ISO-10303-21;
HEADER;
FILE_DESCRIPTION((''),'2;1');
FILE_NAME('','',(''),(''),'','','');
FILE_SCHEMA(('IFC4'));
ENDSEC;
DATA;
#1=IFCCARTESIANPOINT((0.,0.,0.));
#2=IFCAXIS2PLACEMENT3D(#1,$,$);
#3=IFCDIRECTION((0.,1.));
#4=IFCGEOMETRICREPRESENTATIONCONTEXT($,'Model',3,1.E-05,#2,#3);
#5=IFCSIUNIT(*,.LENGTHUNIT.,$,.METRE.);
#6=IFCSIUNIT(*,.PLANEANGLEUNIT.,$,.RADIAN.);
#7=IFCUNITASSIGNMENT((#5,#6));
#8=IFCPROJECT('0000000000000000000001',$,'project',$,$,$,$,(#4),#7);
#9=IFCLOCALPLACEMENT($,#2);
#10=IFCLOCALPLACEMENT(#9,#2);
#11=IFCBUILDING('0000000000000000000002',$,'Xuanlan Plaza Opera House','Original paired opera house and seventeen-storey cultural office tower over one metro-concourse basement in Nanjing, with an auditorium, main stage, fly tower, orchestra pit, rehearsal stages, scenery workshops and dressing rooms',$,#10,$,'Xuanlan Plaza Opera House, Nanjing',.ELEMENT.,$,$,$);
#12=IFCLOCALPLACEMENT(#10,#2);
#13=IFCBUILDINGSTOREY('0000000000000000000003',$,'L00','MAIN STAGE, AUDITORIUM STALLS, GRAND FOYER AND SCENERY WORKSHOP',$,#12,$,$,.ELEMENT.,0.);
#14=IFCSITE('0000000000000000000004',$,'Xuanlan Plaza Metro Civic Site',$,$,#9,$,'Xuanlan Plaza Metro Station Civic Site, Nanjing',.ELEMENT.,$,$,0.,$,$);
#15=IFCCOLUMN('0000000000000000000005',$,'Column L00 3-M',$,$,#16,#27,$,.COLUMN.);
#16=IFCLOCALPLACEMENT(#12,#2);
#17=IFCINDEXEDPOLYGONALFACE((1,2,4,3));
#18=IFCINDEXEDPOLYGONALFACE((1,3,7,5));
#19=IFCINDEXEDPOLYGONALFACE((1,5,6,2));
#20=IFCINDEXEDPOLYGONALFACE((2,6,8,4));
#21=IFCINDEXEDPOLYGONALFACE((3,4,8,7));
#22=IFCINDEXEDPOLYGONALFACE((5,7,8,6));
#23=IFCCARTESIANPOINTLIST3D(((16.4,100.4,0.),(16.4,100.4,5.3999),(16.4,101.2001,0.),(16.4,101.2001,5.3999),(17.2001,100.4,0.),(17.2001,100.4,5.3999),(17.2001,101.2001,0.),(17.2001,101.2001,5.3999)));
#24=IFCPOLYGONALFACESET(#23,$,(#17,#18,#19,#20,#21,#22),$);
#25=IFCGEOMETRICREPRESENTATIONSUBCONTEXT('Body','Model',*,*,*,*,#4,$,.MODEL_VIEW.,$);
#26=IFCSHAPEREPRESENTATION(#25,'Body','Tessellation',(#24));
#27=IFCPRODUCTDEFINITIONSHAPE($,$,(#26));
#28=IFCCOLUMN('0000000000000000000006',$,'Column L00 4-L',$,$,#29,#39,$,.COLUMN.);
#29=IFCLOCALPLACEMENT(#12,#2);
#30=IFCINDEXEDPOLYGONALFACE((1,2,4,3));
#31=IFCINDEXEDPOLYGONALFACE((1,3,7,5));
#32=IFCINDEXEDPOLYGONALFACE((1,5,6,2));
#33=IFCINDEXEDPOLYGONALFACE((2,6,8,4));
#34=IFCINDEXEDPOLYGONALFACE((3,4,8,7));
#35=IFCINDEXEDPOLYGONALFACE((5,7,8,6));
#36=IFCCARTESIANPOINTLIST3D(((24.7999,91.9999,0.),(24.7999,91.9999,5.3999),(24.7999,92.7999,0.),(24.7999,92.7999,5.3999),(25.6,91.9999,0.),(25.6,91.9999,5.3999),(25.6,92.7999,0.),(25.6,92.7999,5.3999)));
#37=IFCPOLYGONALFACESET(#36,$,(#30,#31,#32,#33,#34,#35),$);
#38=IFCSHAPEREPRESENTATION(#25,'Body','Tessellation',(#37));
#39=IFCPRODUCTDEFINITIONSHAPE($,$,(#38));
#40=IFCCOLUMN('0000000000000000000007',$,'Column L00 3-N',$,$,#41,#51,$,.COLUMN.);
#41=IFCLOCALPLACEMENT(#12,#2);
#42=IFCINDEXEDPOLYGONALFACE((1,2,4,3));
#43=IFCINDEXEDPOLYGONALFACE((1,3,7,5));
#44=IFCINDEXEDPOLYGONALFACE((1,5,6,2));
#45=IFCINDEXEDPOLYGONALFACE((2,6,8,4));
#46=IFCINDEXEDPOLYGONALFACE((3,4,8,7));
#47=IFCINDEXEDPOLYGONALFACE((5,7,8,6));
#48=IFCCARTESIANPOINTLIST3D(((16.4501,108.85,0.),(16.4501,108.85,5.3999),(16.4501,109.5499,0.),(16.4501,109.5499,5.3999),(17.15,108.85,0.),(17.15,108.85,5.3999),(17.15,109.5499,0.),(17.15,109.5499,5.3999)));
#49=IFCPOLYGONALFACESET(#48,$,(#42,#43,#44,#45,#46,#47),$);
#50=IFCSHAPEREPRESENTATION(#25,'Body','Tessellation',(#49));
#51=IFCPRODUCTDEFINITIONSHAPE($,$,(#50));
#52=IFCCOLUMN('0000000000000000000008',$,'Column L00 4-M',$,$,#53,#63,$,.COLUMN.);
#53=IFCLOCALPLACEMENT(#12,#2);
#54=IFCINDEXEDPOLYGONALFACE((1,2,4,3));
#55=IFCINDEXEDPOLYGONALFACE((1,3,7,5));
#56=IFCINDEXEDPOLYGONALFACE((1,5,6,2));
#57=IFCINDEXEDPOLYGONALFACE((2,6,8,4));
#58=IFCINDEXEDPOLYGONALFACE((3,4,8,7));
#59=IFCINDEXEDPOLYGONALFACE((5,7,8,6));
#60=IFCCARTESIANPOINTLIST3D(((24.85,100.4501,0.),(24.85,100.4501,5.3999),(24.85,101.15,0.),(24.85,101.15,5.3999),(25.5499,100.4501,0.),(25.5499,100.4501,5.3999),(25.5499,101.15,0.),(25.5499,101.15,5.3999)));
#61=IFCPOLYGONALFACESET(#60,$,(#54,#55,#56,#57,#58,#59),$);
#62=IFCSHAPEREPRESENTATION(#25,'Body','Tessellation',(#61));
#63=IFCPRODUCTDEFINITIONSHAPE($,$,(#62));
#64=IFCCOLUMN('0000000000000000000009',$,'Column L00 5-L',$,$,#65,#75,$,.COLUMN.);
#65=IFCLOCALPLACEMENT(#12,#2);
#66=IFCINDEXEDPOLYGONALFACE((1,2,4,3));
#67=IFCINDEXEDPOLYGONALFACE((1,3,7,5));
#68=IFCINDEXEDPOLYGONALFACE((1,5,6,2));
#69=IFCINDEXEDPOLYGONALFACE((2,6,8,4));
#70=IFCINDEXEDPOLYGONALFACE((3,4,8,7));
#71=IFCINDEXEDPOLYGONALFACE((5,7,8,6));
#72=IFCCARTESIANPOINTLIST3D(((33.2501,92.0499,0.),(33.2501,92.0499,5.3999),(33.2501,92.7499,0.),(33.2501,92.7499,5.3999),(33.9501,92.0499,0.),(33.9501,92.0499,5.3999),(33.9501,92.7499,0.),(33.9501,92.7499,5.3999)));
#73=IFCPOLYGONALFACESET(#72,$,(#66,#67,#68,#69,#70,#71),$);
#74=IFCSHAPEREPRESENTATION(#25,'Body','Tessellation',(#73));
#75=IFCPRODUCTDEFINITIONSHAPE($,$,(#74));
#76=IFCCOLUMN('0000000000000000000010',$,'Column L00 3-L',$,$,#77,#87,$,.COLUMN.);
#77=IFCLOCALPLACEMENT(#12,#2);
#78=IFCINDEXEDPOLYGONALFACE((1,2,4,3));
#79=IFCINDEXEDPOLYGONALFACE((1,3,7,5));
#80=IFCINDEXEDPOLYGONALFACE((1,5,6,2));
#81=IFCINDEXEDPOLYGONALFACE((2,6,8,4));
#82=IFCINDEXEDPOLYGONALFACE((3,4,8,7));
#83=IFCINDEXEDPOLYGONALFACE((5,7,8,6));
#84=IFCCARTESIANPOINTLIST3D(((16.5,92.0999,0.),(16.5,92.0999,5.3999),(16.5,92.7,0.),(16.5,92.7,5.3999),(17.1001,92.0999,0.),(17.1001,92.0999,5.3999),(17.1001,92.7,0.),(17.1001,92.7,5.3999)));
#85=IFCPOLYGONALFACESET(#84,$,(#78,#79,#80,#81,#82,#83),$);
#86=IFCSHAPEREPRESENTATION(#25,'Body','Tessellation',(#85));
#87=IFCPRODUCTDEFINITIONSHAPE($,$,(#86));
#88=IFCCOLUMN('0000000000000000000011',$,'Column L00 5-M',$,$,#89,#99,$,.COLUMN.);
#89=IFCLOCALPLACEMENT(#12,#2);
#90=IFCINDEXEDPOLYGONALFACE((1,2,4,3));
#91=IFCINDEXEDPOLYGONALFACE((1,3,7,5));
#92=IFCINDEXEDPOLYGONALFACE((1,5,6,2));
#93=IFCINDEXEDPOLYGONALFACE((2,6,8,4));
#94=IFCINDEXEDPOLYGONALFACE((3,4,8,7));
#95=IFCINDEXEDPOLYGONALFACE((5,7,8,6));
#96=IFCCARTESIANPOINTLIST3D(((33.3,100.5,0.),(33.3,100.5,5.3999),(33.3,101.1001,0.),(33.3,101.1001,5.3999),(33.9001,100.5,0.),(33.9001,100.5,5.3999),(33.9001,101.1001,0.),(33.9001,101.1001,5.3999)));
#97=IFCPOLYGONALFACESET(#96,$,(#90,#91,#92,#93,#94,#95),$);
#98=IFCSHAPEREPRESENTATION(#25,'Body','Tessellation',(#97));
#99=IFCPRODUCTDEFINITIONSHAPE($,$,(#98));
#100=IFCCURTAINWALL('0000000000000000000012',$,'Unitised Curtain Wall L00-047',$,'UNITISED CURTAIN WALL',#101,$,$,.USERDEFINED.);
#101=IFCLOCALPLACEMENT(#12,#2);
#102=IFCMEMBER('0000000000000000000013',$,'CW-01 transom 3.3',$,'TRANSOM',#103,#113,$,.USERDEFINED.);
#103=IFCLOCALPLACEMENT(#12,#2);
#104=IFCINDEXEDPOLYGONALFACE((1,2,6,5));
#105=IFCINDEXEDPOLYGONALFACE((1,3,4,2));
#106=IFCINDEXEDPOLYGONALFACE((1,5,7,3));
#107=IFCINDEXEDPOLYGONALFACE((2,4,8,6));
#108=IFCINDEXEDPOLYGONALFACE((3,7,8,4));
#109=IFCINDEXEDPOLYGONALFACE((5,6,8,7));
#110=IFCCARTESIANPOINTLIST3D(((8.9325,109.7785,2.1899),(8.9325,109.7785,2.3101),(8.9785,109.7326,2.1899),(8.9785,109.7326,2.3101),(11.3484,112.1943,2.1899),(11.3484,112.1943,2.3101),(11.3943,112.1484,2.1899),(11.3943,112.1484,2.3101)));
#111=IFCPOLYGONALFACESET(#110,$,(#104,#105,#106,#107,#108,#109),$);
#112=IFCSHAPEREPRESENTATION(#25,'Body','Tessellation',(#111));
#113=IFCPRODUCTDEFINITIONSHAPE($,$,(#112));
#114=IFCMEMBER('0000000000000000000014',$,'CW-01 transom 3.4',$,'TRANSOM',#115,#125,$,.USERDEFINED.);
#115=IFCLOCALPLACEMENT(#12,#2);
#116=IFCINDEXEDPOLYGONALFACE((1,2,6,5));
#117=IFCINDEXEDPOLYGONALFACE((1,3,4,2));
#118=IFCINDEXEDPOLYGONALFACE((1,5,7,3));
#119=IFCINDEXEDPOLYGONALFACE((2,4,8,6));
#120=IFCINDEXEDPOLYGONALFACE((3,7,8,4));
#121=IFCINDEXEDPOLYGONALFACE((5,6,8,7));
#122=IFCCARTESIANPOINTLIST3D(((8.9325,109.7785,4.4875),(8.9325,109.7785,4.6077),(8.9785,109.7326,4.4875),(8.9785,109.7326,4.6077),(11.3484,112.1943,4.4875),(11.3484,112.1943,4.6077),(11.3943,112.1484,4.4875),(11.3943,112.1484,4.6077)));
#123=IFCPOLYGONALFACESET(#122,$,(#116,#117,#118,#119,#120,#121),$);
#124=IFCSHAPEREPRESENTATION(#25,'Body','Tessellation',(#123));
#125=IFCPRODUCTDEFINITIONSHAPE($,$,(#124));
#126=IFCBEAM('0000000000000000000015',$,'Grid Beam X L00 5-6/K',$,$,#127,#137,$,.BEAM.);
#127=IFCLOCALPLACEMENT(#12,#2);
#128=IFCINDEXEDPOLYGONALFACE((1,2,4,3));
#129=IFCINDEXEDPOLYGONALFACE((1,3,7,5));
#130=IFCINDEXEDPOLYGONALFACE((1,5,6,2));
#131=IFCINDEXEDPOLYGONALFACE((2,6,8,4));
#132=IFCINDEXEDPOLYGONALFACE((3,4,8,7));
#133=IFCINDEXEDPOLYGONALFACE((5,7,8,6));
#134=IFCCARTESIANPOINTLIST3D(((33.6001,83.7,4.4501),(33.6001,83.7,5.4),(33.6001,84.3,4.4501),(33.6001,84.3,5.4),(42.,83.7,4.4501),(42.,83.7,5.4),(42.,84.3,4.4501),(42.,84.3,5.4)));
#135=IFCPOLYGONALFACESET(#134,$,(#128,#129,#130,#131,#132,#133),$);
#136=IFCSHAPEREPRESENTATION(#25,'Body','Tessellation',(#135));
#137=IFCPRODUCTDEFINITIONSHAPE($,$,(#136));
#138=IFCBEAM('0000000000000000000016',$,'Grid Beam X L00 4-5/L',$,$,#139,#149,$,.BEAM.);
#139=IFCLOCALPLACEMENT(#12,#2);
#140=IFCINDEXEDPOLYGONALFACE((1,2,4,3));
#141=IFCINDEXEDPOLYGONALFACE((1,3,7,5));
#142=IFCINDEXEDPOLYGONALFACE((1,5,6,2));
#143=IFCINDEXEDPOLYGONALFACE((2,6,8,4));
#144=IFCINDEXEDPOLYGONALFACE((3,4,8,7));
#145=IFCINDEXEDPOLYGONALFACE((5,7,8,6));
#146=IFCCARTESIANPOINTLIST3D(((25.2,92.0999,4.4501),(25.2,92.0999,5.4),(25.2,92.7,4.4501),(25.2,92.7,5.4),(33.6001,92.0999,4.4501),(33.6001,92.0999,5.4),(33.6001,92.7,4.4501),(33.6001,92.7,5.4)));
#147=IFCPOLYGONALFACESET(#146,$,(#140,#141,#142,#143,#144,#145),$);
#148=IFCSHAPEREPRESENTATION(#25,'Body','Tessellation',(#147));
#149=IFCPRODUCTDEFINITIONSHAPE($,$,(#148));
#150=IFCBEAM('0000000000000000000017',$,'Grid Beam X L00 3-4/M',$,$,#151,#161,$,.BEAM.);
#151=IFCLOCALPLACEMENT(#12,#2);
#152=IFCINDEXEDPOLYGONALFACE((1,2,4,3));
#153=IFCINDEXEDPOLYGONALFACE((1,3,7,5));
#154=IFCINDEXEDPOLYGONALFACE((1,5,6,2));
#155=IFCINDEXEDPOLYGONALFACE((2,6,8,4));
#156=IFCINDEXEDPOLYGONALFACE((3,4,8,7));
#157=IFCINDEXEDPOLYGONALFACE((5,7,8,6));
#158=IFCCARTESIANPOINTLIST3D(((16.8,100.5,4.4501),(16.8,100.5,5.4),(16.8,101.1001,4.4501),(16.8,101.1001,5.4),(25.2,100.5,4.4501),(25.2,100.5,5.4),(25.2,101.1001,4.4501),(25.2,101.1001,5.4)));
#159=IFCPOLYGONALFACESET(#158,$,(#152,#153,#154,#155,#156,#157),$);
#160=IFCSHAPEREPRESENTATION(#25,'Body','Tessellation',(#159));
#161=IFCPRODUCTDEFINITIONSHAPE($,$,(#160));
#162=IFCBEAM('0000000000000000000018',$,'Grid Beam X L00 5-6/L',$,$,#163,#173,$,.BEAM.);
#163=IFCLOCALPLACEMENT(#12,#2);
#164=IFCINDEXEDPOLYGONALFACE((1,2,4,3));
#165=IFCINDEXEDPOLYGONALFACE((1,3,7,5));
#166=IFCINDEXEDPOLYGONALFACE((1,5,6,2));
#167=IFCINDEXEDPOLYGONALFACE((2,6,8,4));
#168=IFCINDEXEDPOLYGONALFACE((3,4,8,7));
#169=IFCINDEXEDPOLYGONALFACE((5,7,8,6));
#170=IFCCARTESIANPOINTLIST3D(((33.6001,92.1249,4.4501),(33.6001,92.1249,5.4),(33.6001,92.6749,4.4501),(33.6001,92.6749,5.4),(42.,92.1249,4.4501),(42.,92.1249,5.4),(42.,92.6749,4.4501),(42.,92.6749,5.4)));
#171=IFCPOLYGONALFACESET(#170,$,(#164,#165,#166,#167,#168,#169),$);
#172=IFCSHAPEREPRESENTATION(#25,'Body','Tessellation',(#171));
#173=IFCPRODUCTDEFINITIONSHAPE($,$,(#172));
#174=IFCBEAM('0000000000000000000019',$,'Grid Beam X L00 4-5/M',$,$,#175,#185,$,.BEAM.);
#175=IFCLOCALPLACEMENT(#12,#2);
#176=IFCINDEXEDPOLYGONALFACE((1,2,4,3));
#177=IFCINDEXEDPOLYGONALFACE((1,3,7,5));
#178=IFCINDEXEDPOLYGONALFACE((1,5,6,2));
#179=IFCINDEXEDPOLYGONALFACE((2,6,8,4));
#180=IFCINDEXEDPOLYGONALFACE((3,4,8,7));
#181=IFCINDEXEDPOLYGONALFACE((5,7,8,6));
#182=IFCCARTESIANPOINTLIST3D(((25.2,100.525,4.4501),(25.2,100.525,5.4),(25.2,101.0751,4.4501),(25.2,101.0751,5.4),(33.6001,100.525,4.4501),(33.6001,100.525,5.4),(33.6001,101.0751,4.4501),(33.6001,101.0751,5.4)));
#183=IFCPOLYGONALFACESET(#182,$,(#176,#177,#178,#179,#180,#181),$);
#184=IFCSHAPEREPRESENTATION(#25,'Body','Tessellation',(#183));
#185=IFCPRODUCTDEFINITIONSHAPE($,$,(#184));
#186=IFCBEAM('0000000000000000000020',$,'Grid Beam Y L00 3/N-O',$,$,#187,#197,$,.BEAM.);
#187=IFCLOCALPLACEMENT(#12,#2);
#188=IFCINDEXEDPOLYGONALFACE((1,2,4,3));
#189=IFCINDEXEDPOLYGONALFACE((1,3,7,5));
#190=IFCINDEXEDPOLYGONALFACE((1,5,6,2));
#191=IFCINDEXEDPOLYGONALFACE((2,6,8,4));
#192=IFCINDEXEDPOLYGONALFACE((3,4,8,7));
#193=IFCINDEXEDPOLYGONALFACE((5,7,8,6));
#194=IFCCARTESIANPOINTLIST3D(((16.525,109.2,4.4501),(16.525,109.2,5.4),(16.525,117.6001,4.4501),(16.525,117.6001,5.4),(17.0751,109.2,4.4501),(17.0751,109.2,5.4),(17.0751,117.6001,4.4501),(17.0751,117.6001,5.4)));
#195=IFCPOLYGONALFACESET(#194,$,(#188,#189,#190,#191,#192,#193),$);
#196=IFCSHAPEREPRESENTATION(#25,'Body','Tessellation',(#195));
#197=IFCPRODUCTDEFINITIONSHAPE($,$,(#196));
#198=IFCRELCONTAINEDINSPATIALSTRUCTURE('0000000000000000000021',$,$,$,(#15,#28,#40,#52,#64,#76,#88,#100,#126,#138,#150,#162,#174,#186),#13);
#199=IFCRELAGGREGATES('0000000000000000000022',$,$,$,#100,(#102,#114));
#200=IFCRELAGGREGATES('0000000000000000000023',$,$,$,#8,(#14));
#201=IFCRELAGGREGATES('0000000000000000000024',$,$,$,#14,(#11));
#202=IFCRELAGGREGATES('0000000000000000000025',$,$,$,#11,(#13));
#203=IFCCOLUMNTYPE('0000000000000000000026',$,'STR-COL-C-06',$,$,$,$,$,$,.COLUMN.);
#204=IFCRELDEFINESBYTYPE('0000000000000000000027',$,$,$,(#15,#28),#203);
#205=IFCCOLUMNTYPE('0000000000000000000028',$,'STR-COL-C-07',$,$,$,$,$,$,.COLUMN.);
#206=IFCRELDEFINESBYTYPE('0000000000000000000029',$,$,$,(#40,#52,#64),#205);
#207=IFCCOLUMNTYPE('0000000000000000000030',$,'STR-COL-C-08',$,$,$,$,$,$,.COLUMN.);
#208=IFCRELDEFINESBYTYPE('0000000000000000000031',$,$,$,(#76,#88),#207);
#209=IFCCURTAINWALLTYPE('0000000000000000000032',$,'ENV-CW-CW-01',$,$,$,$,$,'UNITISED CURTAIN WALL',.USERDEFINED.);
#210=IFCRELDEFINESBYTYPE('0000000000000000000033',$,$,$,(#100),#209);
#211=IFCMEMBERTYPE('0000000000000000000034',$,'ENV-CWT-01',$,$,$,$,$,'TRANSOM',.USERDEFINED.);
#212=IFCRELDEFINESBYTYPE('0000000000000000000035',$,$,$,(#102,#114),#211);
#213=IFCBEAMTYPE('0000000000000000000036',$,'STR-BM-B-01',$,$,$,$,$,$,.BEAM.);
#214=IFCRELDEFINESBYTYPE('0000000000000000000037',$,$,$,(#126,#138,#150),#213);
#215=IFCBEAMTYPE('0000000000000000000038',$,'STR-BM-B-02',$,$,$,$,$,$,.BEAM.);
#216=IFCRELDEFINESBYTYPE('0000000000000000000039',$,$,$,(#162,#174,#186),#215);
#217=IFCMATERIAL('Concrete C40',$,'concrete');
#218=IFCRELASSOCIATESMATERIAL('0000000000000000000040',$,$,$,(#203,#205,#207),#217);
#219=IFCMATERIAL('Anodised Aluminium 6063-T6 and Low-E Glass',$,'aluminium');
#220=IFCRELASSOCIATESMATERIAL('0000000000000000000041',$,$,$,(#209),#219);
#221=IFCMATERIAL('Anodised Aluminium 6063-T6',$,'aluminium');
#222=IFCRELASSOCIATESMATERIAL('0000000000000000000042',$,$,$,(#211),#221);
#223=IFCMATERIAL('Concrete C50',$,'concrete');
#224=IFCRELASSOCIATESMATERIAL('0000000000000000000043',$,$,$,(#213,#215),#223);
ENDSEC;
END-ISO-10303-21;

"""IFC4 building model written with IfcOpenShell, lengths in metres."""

from ifc_helpers import new_model, si_unit, direction, frame, origin, origin_2d, place, context, subcontext, project, spatial, rectangle, extrude, material, material_profile, profile_set, type_object, element, aggregate, save


model = new_model("IFC4")

# Units and contexts
model_context = context("Model", 3, precision=1e-05, world=origin(), true_north=direction((0.0, 1.0)))
body_context = subcontext(model_context, "Body", "Model", "MODEL_VIEW")
ifc_project = project(units=[si_unit("LENGTHUNIT", "METRE"), si_unit("PLANEANGLEUNIT", "RADIAN")], contexts=[model_context])

# Site, building, storey
site_placement = place(None, origin())
site = spatial("IfcSite", under=ifc_project, at=site_placement, Name="Xuanlan Plaza Metro Civic Site", LongName="Xuanlan Plaza Metro Station Civic Site, Nanjing", CompositionType="ELEMENT", RefElevation=0.0)
building_placement = place(site_placement, origin())
building = spatial("IfcBuilding", under=site, at=building_placement, Name="Xuanlan Plaza Opera House", Description="Original paired opera house and seventeen-storey cultural office tower over one metro-concourse basement in Nanjing, with an auditorium, main stage, fly tower, orchestra pit, rehearsal stages, scenery workshops and dressing rooms", LongName="Xuanlan Plaza Opera House, Nanjing", CompositionType="ELEMENT")
storey_placement = place(building_placement, origin())
storey = spatial("IfcBuildingStorey", under=building, at=storey_placement, Name="L00", Description="MAIN STAGE, AUDITORIUM STALLS, GRAND FOYER AND SCENERY WORKSHOP", CompositionType="ELEMENT", Elevation=0.0)

# Columns
ifc_material_1 = material(Name="Concrete C40", Category="concrete")
ifc_material_profile_1 = material_profile(ifc_material_1, rectangle(XDim=0.8, YDim=0.8, at=origin_2d()), Name="RC-COL 800x800")
ifc_profile_set_1 = profile_set([ifc_material_profile_1], Name="Concrete C40")
column_type_1 = type_object("IfcColumnType", Name="STR-COL-C-06", PredefinedType="COLUMN", material=ifc_profile_set_1)
for number, where, z_axis, x_axis, name in (
    (1, (16.8, 100.8, 0.0), (0.0, 0.0, 1.0), (1.0, 0.0, 0.0), "Column L00 3-M"),
    (2, (25.2, 92.3999, 0.0), (0.0, 0.0, 1.0), (1.0, 0.0, 0.0), "Column L00 4-L"),
):
    element("IfcColumn", number, at=place(storey_placement, frame(where, z_axis=z_axis, x_axis=x_axis)), inside=storey, type_object=column_type_1, Name=name, PredefinedType="COLUMN", context=body_context, shape_type="SweptSolid", body=[
        extrude(rectangle(XDim=0.8, YDim=0.8, at=origin_2d()), origin(), (0.0, 0.0, 1.0), 5.3999),
    ])
ifc_material_profile_2 = material_profile(ifc_material_1, rectangle(XDim=0.7, YDim=0.7, at=origin_2d()), Name="RC-COL 700x700")
ifc_profile_set_2 = profile_set([ifc_material_profile_2], Name="Concrete C40")
column_type_2 = type_object("IfcColumnType", Name="STR-COL-C-07", PredefinedType="COLUMN", material=ifc_profile_set_2)
for number, where, z_axis, x_axis, name in (
    (3, (16.8, 109.2, 0.0), (0.0, 0.0, 1.0), (1.0, 0.0, 0.0), "Column L00 3-N"),
    (4, (25.2, 100.8, 0.0), (0.0, 0.0, 1.0), (1.0, 0.0, 0.0), "Column L00 4-M"),
    (5, (33.6001, 92.3999, 0.0), (0.0, 0.0, 1.0), (1.0, 0.0, 0.0), "Column L00 5-L"),
):
    element("IfcColumn", number, at=place(storey_placement, frame(where, z_axis=z_axis, x_axis=x_axis)), inside=storey, type_object=column_type_2, Name=name, PredefinedType="COLUMN", context=body_context, shape_type="SweptSolid", body=[
        extrude(rectangle(XDim=0.7, YDim=0.7, at=origin_2d()), origin(), (0.0, 0.0, 1.0), 5.3999),
    ])
ifc_material_profile_3 = material_profile(ifc_material_1, rectangle(XDim=0.6001, YDim=0.6001, at=origin_2d()), Name="RC-COL 600x600")
ifc_profile_set_3 = profile_set([ifc_material_profile_3], Name="Concrete C40")
column_type_3 = type_object("IfcColumnType", Name="STR-COL-C-08", PredefinedType="COLUMN", material=ifc_profile_set_3)
for number, where, z_axis, x_axis, name in (
    (6, (16.8, 92.3999, 0.0), (0.0, 0.0, 1.0), (1.0, 0.0, 0.0), "Column L00 3-L"),
    (7, (33.6001, 100.8, 0.0), (0.0, 0.0, 1.0), (1.0, 0.0, 0.0), "Column L00 5-M"),
):
    element("IfcColumn", number, at=place(storey_placement, frame(where, z_axis=z_axis, x_axis=x_axis)), inside=storey, type_object=column_type_3, Name=name, PredefinedType="COLUMN", context=body_context, shape_type="SweptSolid", body=[
        extrude(rectangle(XDim=0.6001, YDim=0.6001, at=origin_2d()), origin(), (0.0, 0.0, 1.0), 5.3999),
    ])

# Curtain wall, members
ifc_material_2 = material(Name="Anodised Aluminium 6063-T6 and Low-E Glass", Category="aluminium")
curtain_wall_type = type_object("IfcCurtainWallType", Name="ENV-CW-CW-01", ElementType="UNITISED CURTAIN WALL", PredefinedType="USERDEFINED", material=ifc_material_2)
curtain_wall_placement = place(storey_placement, origin())
curtain_wall = element("IfcCurtainWall", 8, at=curtain_wall_placement, inside=storey, type_object=curtain_wall_type, Name="Unitised Curtain Wall L00-047", ObjectType="UNITISED CURTAIN WALL", PredefinedType="USERDEFINED")
ifc_material_3 = material(Name="Anodised Aluminium 6063-T6", Category="aluminium")
ifc_material_profile_4 = material_profile(ifc_material_3, rectangle(XDim=0.0649, YDim=0.1201, at=origin_2d()), Name="ALU-T 65x120")
ifc_profile_set_4 = profile_set([ifc_material_profile_4], Name="Anodised Aluminium 6063-T6")
member_type = type_object("IfcMemberType", Name="ENV-CWT-01", ElementType="TRANSOM", PredefinedType="USERDEFINED", material=ifc_profile_set_4)
member_1_placement = place(storey_placement, frame((11.3713, 112.1714, 2.25), z_axis=(-0.707107, -0.707107, 0.0), x_axis=(0.707107, -0.707107, 0.0)))
member_1 = element("IfcMember", 9, at=member_1_placement, type_object=member_type, Name="CW-01 transom 3.3", ObjectType="TRANSOM", PredefinedType="USERDEFINED", context=body_context, shape_type="SweptSolid", body=[
    extrude(rectangle(XDim=0.0649, YDim=0.1201, at=origin_2d()), origin(), (0.0, 0.0, 1.0), 3.4165),
])
member_2_placement = place(storey_placement, frame((11.3713, 112.1714, 4.5476), z_axis=(-0.707107, -0.707107, 0.0), x_axis=(0.707107, -0.707107, 0.0)))
member_2 = element("IfcMember", 10, at=member_2_placement, type_object=member_type, Name="CW-01 transom 3.4", ObjectType="TRANSOM", PredefinedType="USERDEFINED", context=body_context, shape_type="SweptSolid", body=[
    extrude(rectangle(XDim=0.0649, YDim=0.1201, at=origin_2d()), origin(), (0.0, 0.0, 1.0), 3.4165),
])
aggregate(curtain_wall, [member_1, member_2])

# Beams
ifc_material_4 = material(Name="Concrete C50", Category="concrete")
ifc_material_profile_5 = material_profile(ifc_material_4, rectangle(XDim=0.6001, YDim=0.95, at=origin_2d()), Name="RC-BM 600x950")
ifc_profile_set_5 = profile_set([ifc_material_profile_5], Name="Concrete C50")
beam_type_1 = type_object("IfcBeamType", Name="STR-BM-B-01", PredefinedType="BEAM", material=ifc_profile_set_5)
beam_1_placement = place(storey_placement, frame((33.6001, 84.0, 4.925), z_axis=(1.0, 0.0, 0.0), x_axis=(0.0, 1.0, 0.0)))
element("IfcBeam", 11, at=beam_1_placement, inside=storey, type_object=beam_type_1, Name="Grid Beam X L00 5-6/K", PredefinedType="BEAM", context=body_context, shape_type="SweptSolid", body=[
    extrude(rectangle(XDim=0.6001, YDim=0.95, at=origin_2d()), origin(), (0.0, 0.0, 1.0), 8.3999),
])
beam_2_placement = place(storey_placement, frame((25.2, 92.3999, 4.925), z_axis=(1.0, 0.0, 0.0), x_axis=(0.0, 1.0, 0.0)))
element("IfcBeam", 12, at=beam_2_placement, inside=storey, type_object=beam_type_1, Name="Grid Beam X L00 4-5/L", PredefinedType="BEAM", context=body_context, shape_type="SweptSolid", body=[
    extrude(rectangle(XDim=0.6001, YDim=0.95, at=origin_2d()), origin(), (0.0, 0.0, 1.0), 8.4001),
])
beam_3_placement = place(storey_placement, frame((16.8, 100.8, 4.925), z_axis=(1.0, 0.0, 0.0), x_axis=(0.0, 1.0, 0.0)))
element("IfcBeam", 13, at=beam_3_placement, inside=storey, type_object=beam_type_1, Name="Grid Beam X L00 3-4/M", PredefinedType="BEAM", context=body_context, shape_type="SweptSolid", body=[
    extrude(rectangle(XDim=0.6001, YDim=0.95, at=origin_2d()), origin(), (0.0, 0.0, 1.0), 8.3999),
])
ifc_material_profile_6 = material_profile(ifc_material_4, rectangle(XDim=0.55, YDim=0.95, at=origin_2d()), Name="RC-BM 550x950")
ifc_profile_set_6 = profile_set([ifc_material_profile_6], Name="Concrete C50")
beam_type_2 = type_object("IfcBeamType", Name="STR-BM-B-02", PredefinedType="BEAM", material=ifc_profile_set_6)
beam_4_placement = place(storey_placement, frame((33.6001, 92.3999, 4.925), z_axis=(1.0, 0.0, 0.0), x_axis=(0.0, 1.0, 0.0)))
element("IfcBeam", 14, at=beam_4_placement, inside=storey, type_object=beam_type_2, Name="Grid Beam X L00 5-6/L", PredefinedType="BEAM", context=body_context, shape_type="SweptSolid", body=[
    extrude(rectangle(XDim=0.55, YDim=0.95, at=origin_2d()), origin(), (0.0, 0.0, 1.0), 8.3999),
])
for number, where, z_axis, x_axis, name in (
    (15, (25.2, 100.8, 4.925), (1.0, 0.0, 0.0), (0.0, 1.0, 0.0), "Grid Beam X L00 4-5/M"),
    (16, (16.8, 109.2, 4.925), (0.0, 1.0, 0.0), (-1.0, 0.0, 0.0), "Grid Beam Y L00 3/N-O"),
):
    element("IfcBeam", number, at=place(storey_placement, frame(where, z_axis=z_axis, x_axis=x_axis)), inside=storey, type_object=beam_type_2, Name=name, PredefinedType="BEAM", context=body_context, shape_type="SweptSolid", body=[
        extrude(rectangle(XDim=0.55, YDim=0.95, at=origin_2d()), origin(), (0.0, 0.0, 1.0), 8.4001),
    ])

save(model, "model.ifc")
